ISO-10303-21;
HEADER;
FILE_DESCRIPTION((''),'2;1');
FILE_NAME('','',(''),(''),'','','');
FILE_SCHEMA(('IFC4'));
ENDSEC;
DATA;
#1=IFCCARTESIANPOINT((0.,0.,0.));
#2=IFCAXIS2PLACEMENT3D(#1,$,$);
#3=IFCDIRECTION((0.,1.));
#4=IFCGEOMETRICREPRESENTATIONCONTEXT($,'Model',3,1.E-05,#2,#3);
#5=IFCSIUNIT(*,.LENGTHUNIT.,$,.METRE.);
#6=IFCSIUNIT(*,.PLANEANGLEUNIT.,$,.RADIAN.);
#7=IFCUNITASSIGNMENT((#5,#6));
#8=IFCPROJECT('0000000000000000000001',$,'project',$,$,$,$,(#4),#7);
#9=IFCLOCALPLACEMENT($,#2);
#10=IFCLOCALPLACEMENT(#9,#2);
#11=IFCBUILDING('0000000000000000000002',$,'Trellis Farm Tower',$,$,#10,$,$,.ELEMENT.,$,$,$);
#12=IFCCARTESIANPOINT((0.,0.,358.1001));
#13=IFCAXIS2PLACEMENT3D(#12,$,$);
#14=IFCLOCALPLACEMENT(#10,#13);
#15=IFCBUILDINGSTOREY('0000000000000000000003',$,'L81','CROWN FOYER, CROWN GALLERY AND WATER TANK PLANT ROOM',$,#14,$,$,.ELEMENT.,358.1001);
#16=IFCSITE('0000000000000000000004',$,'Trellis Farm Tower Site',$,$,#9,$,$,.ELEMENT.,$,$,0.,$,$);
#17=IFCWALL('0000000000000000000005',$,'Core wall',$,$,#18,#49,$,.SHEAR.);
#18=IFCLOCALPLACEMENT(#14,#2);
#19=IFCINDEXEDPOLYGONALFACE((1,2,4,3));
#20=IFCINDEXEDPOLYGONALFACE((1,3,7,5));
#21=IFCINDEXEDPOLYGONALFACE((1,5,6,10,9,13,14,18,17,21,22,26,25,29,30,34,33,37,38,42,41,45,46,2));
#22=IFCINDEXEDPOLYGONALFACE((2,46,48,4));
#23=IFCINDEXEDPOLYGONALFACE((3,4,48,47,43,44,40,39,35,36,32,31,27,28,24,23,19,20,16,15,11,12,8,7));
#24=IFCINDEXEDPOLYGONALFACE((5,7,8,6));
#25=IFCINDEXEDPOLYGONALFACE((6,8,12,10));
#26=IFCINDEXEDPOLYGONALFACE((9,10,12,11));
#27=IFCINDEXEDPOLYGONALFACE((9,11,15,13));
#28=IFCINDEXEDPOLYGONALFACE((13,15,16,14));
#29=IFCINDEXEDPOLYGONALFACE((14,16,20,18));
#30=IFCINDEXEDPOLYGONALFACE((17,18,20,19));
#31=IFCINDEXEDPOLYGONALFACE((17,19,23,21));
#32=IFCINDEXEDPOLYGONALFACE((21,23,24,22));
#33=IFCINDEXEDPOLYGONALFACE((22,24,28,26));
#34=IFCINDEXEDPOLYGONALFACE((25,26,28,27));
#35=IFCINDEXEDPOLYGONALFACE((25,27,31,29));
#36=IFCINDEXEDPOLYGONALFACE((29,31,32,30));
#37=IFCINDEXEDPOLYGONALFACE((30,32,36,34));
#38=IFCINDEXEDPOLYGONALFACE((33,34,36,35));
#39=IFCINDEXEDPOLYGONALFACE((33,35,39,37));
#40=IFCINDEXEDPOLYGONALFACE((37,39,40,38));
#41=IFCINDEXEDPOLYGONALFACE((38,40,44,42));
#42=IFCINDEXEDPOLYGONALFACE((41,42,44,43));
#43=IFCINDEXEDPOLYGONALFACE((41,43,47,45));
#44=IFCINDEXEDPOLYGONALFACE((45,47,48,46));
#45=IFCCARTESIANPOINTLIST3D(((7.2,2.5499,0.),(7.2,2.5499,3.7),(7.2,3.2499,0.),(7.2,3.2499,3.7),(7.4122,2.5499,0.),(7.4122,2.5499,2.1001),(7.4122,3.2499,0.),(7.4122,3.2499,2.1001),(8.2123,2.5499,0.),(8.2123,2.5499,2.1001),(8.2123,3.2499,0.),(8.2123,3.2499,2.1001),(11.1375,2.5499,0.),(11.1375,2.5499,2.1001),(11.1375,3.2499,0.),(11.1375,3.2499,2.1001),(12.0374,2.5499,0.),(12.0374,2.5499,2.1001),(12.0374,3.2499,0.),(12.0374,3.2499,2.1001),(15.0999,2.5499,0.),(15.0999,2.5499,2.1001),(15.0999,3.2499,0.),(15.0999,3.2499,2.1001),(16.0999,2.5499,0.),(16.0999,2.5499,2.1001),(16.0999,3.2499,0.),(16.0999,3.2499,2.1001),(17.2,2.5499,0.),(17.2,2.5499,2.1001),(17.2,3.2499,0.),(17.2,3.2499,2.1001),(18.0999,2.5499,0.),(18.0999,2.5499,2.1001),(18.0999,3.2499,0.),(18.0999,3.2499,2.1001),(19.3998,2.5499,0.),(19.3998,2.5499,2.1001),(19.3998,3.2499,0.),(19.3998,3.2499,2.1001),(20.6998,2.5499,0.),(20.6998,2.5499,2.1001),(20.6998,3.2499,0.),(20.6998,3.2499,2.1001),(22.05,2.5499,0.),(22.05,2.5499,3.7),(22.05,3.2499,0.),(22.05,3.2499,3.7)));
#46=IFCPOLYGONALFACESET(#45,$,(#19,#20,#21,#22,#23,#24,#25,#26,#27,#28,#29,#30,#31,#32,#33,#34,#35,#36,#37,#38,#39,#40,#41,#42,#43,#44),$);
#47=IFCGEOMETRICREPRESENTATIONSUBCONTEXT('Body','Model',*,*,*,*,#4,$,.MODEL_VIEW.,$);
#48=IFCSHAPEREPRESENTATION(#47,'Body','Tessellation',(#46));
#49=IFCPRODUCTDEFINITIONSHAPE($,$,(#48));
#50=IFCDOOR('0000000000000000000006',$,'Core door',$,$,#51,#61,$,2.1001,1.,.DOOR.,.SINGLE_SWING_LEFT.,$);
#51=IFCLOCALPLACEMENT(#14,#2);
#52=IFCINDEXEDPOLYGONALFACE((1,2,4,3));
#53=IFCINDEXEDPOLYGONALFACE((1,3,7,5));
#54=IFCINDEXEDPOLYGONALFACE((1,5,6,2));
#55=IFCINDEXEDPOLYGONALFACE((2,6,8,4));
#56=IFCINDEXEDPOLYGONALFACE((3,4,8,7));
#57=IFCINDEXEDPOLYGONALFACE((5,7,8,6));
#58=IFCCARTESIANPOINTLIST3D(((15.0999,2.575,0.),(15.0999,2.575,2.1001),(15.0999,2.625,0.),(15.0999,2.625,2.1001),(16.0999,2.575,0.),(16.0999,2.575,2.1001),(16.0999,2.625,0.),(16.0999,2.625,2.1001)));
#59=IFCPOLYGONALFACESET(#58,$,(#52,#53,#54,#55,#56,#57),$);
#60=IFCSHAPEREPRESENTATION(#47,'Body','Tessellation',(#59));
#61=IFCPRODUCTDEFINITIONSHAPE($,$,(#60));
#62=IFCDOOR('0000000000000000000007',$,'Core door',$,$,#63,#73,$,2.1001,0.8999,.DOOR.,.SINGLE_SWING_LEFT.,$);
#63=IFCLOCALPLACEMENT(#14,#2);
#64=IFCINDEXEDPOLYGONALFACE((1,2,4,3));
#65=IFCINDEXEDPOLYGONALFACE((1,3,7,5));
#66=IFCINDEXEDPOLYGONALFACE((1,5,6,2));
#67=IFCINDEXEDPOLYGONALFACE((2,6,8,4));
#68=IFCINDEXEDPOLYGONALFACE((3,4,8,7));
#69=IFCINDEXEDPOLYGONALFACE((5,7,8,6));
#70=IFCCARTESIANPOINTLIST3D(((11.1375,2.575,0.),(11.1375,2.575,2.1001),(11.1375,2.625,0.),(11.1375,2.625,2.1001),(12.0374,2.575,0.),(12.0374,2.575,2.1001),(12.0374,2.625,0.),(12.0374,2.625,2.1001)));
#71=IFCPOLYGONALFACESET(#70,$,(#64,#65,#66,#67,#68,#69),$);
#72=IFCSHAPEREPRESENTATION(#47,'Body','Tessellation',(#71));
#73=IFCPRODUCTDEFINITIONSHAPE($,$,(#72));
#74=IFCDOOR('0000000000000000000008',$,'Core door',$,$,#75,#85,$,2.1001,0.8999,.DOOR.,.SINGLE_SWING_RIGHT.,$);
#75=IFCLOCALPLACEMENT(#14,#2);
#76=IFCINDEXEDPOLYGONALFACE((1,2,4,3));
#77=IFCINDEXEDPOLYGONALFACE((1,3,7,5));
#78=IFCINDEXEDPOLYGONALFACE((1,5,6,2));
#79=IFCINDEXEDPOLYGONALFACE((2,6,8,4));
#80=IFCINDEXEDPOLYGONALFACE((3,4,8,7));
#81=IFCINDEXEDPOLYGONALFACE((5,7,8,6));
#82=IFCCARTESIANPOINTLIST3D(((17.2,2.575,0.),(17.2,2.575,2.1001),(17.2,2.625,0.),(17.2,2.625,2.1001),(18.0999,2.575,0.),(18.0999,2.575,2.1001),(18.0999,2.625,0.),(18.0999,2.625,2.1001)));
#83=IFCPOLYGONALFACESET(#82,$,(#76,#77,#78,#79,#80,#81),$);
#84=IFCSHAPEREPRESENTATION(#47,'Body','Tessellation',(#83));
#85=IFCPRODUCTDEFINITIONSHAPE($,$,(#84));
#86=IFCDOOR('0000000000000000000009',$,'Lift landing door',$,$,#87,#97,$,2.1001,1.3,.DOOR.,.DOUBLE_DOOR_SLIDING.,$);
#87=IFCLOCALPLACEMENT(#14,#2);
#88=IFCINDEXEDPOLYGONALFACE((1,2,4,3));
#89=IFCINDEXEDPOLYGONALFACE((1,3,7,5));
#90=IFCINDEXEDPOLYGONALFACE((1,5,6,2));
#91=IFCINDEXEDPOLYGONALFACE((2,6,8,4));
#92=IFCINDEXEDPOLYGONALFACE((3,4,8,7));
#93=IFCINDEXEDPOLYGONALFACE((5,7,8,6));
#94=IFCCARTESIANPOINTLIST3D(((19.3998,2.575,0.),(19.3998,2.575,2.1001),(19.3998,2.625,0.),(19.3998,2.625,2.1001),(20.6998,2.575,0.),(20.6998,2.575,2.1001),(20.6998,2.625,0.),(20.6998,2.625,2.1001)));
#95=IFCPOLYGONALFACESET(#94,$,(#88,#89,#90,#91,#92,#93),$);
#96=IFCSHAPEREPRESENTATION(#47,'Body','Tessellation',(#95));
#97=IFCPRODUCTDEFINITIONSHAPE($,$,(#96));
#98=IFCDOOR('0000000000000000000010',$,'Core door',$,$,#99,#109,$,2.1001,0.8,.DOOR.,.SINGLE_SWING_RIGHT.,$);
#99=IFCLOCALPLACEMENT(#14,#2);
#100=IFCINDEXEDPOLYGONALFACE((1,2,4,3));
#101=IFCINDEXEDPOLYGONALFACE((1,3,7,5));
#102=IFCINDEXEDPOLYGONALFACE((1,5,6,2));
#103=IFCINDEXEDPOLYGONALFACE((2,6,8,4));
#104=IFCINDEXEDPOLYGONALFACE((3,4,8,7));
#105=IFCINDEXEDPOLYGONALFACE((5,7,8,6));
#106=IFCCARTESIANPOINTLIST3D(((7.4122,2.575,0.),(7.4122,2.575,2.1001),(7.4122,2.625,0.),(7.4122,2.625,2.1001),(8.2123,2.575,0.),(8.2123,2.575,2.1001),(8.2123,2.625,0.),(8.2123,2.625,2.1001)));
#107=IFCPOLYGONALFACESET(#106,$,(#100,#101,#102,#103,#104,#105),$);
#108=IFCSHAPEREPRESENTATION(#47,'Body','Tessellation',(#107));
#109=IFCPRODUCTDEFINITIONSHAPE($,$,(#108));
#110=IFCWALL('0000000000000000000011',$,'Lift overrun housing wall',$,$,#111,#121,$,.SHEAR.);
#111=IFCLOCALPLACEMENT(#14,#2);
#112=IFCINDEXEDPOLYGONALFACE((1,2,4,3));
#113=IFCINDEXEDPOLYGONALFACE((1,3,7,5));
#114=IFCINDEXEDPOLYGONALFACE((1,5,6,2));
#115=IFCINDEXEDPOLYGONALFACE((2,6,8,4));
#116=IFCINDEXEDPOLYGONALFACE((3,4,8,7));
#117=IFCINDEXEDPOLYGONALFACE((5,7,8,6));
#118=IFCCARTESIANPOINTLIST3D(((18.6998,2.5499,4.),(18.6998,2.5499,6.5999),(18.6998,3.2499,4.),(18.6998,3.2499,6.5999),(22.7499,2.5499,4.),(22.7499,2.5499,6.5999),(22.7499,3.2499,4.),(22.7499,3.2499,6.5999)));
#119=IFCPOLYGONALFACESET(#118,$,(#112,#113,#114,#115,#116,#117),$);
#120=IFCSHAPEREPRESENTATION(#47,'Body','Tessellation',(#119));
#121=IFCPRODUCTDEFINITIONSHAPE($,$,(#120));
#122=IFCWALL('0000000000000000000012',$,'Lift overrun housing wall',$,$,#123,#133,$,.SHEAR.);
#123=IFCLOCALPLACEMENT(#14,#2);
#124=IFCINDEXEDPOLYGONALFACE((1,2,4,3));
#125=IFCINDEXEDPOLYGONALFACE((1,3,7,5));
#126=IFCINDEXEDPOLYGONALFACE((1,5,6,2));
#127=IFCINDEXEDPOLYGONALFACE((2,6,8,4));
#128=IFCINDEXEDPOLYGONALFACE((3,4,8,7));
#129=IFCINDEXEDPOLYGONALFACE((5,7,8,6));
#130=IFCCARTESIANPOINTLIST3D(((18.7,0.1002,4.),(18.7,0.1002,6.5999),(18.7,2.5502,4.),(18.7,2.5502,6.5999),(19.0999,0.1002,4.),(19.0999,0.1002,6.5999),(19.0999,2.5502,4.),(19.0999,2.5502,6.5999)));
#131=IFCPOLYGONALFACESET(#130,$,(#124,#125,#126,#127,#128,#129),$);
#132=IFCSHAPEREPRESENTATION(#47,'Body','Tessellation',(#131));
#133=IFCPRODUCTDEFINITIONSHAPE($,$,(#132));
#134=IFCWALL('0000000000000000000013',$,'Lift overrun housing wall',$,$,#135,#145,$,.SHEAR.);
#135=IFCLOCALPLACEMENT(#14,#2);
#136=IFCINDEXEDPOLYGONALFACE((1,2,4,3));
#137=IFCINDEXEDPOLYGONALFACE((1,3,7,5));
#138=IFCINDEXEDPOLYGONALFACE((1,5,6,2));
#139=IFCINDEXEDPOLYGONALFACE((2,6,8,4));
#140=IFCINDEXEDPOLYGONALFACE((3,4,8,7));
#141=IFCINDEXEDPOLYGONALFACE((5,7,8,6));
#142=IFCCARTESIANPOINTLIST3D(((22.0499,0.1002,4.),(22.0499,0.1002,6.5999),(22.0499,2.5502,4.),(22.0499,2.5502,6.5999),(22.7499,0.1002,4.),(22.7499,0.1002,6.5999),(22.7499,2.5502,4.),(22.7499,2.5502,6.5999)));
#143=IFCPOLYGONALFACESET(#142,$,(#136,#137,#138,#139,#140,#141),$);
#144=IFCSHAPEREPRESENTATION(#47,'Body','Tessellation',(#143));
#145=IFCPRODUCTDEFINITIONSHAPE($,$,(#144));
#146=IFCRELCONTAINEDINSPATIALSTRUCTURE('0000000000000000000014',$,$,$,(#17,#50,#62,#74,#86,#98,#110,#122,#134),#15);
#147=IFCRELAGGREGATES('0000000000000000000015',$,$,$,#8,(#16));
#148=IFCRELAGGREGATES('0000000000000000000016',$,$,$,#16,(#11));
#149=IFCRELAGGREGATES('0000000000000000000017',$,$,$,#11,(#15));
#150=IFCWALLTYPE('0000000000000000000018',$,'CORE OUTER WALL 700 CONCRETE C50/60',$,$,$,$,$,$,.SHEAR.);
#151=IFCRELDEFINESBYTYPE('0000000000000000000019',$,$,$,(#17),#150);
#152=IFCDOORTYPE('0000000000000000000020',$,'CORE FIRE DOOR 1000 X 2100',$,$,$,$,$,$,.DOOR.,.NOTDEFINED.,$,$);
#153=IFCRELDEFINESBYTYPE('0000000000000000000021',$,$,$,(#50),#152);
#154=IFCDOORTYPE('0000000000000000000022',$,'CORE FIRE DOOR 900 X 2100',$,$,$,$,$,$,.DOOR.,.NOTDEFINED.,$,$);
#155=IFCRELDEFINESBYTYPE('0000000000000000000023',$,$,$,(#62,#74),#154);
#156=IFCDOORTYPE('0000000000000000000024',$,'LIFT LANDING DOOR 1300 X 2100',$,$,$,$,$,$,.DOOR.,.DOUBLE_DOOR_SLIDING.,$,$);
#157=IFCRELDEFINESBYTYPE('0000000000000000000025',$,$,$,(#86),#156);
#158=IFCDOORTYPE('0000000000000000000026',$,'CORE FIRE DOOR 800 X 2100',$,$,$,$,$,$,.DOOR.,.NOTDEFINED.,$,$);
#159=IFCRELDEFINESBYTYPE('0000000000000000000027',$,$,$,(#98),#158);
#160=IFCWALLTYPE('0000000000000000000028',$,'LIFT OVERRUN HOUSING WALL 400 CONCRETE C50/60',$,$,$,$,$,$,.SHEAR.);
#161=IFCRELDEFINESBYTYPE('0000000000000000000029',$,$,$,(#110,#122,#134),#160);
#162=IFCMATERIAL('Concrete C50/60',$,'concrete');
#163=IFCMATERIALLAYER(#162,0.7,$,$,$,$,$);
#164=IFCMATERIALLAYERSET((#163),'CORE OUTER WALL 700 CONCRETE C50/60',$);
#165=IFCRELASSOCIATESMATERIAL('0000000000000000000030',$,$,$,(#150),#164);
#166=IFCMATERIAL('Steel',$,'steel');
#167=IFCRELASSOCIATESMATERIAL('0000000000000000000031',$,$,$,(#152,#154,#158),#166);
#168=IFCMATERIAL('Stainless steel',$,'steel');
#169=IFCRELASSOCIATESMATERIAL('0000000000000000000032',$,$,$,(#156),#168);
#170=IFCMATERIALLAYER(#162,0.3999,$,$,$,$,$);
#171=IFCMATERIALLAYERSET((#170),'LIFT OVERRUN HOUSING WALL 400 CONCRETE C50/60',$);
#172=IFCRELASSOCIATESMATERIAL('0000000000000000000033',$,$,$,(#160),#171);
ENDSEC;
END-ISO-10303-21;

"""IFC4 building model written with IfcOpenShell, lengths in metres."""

from ifc_helpers import new_model, si_unit, direction, frame, frame_2d, origin, place, context, subcontext, project, spatial, rectangle, extrude, source, transform, mapped, material, layer, layer_set, type_object, element, fill, save


model = new_model("IFC4")

# Units and contexts
model_context = context("Model", 3, precision=1e-05, world=origin(), true_north=direction((0.0, 1.0)))
body_context = subcontext(model_context, "Body", "Model", "MODEL_VIEW")
ifc_project = project(units=[si_unit("LENGTHUNIT", "METRE"), si_unit("PLANEANGLEUNIT", "RADIAN")], contexts=[model_context])

# Site, building, storey
site_placement = place(None, origin())
site = spatial("IfcSite", under=ifc_project, at=site_placement, Name="Trellis Farm Tower Site", CompositionType="ELEMENT", RefElevation=0.0)
building_placement = place(site_placement, origin())
building = spatial("IfcBuilding", under=site, at=building_placement, Name="Trellis Farm Tower", CompositionType="ELEMENT")
storey_placement = place(building_placement, frame((0.0, 0.0, 358.1001)))
storey = spatial("IfcBuildingStorey", under=building, at=storey_placement, Name="L81", Description="CROWN FOYER, CROWN GALLERY AND WATER TANK PLANT ROOM", CompositionType="ELEMENT", Elevation=358.1001)

# Shared definitions
ifc_material_1 = material(Name="Concrete C50/60", Category="concrete")

# Shared definitions
ifc_material_2 = material(Name="Steel", Category="steel")

# Wall, openings, doors
ifc_layer_1 = layer(ifc_material_1, 0.7)
ifc_layer_set_1 = layer_set([ifc_layer_1], Name="CORE OUTER WALL 700 CONCRETE C50/60")
wall_type_1 = type_object("IfcWallType", Name="CORE OUTER WALL 700 CONCRETE C50/60", PredefinedType="SHEAR", material=ifc_layer_set_1)
shared_shape_1 = source(origin(), body_context, "Body", "SweptSolid", [
    extrude(rectangle(XDim=14.8501, YDim=0.7, at=frame_2d((7.425, 0.0))), origin(), (0.0, 0.0, 1.0), 3.7),
])
wall_1_placement = place(storey_placement, frame((7.2, 2.8999, 0.0), z_axis=(0.0, 0.0, 1.0), x_axis=(1.0, 0.0, 0.0)))
wall_1 = element("IfcWall", 1, at=wall_1_placement, inside=storey, type_object=wall_type_1, Name="Core wall", PredefinedType="SHEAR", context=body_context, shape_type="MappedRepresentation", body=[
    mapped(shared_shape_1, transform((0.0, 0.0, 0.0))),
])
shared_shape_2 = source(origin(), body_context, "Body", "SweptSolid", [
    extrude(rectangle(XDim=1.3, YDim=2.1001, at=frame_2d((0.6499, 1.05))), frame((0.0, 0.3601, 0.0), z_axis=(0.0, -1.0, 0.0), x_axis=(1.0, 0.0, 0.0)), (0.0, 0.0, 1.0), 0.7202),
])
opening_1_placement = place(wall_1_placement, frame((12.2, 0.0, 0.0)))
opening_1 = element("IfcOpeningElement", 2, at=opening_1_placement, cuts=wall_1, PredefinedType="OPENING", context=body_context, shape_type="MappedRepresentation", body=[
    mapped(shared_shape_2, transform((0.0, 0.0, 0.0))),
])
shared_shape_3 = source(origin(), body_context, "Body", "SweptSolid", [
    extrude(rectangle(XDim=1.0, YDim=2.1001, at=frame_2d((0.5, 1.05))), frame((0.0, 0.3601, 0.0), z_axis=(0.0, -1.0, 0.0), x_axis=(1.0, 0.0, 0.0)), (0.0, 0.0, 1.0), 0.7202),
])
opening_2_placement = place(wall_1_placement, frame((7.8999, 0.0, 0.0)))
opening_2 = element("IfcOpeningElement", 3, at=opening_2_placement, cuts=wall_1, PredefinedType="OPENING", context=body_context, shape_type="MappedRepresentation", body=[
    mapped(shared_shape_3, transform((0.0, 0.0, 0.0))),
])
shared_shape_4 = source(origin(), body_context, "Body", "SweptSolid", [
    extrude(rectangle(XDim=0.8, YDim=2.1001, at=frame_2d((0.3999, 1.05))), frame((0.0, 0.3601, 0.0), z_axis=(0.0, -1.0, 0.0), x_axis=(1.0, 0.0, 0.0)), (0.0, 0.0, 1.0), 0.7202),
])
opening_3_placement = place(wall_1_placement, frame((0.2124, 0.0, 0.0)))
opening_3 = element("IfcOpeningElement", 4, at=opening_3_placement, cuts=wall_1, PredefinedType="OPENING", context=body_context, shape_type="MappedRepresentation", body=[
    mapped(shared_shape_4, transform((0.0, 0.0, 0.0))),
])
shared_shape_5 = source(origin(), body_context, "Body", "SweptSolid", [
    extrude(rectangle(XDim=0.8999, YDim=2.1001, at=frame_2d((0.45, 1.05))), frame((0.0, 0.3601, 0.0), z_axis=(0.0, -1.0, 0.0), x_axis=(1.0, 0.0, 0.0)), (0.0, 0.0, 1.0), 0.7202),
])
opening_4_placement = place(wall_1_placement, frame((3.9375, 0.0, 0.0)))
opening_4 = element("IfcOpeningElement", 5, at=opening_4_placement, cuts=wall_1, PredefinedType="OPENING", context=body_context, shape_type="MappedRepresentation", body=[
    mapped(shared_shape_5, transform((0.0, 0.0, 0.0))),
])
opening_5_placement = place(wall_1_placement, frame((10.0, 0.0, 0.0)))
opening_5 = element("IfcOpeningElement", 6, at=opening_5_placement, cuts=wall_1, PredefinedType="OPENING", context=body_context, shape_type="MappedRepresentation", body=[
    mapped(shared_shape_5, transform((0.0, 0.0, 0.0))),
])
door_type_1 = type_object("IfcDoorType", Name="CORE FIRE DOOR 1000 X 2100", OperationType="NOTDEFINED", PredefinedType="DOOR", material=ifc_material_2)
shared_shape_6 = source(origin(), body_context, "Body", "SweptSolid", [
    extrude(rectangle(XDim=1.0, YDim=2.1001, at=frame_2d((0.5, 1.05))), frame((0.0, -0.2749, 0.0), z_axis=(0.0, -1.0, 0.0), x_axis=(1.0, 0.0, 0.0)), (0.0, 0.0, 1.0), 0.05),
])
door_1_placement = place(opening_2_placement, origin())
door_1 = element("IfcDoor", 7, at=door_1_placement, inside=storey, type_object=door_type_1, Name="Core door", OperationType="SINGLE_SWING_LEFT", OverallHeight=2.1001, OverallWidth=1.0, PredefinedType="DOOR", context=body_context, shape_type="MappedRepresentation", body=[
    mapped(shared_shape_6, transform((0.0, 0.0, 0.0))),
])
fill(opening_2, door_1)
door_type_2 = type_object("IfcDoorType", Name="CORE FIRE DOOR 900 X 2100", OperationType="NOTDEFINED", PredefinedType="DOOR", material=ifc_material_2)
shared_shape_7 = source(origin(), body_context, "Body", "SweptSolid", [
    extrude(rectangle(XDim=0.8999, YDim=2.1001, at=frame_2d((0.45, 1.05))), frame((0.0, -0.2749, 0.0), z_axis=(0.0, -1.0, 0.0), x_axis=(1.0, 0.0, 0.0)), (0.0, 0.0, 1.0), 0.05),
])
door_2_placement = place(opening_4_placement, origin())
door_2 = element("IfcDoor", 8, at=door_2_placement, inside=storey, type_object=door_type_2, Name="Core door", OperationType="SINGLE_SWING_LEFT", OverallHeight=2.1001, OverallWidth=0.8999, PredefinedType="DOOR", context=body_context, shape_type="MappedRepresentation", body=[
    mapped(shared_shape_7, transform((0.0, 0.0, 0.0))),
])
fill(opening_4, door_2)
door_3_placement = place(opening_5_placement, origin())
door_3 = element("IfcDoor", 9, at=door_3_placement, inside=storey, type_object=door_type_2, Name="Core door", OperationType="SINGLE_SWING_RIGHT", OverallHeight=2.1001, OverallWidth=0.8999, PredefinedType="DOOR", context=body_context, shape_type="MappedRepresentation", body=[
    mapped(shared_shape_7, transform((0.0, 0.0, 0.0))),
])
fill(opening_5, door_3)
ifc_material_3 = material(Name="Stainless steel", Category="steel")
door_type_3 = type_object("IfcDoorType", Name="LIFT LANDING DOOR 1300 X 2100", OperationType="DOUBLE_DOOR_SLIDING", PredefinedType="DOOR", material=ifc_material_3)
shared_shape_8 = source(origin(), body_context, "Body", "SweptSolid", [
    extrude(rectangle(XDim=1.3, YDim=2.1001, at=frame_2d((0.6499, 1.05))), frame((0.0, -0.2749, 0.0), z_axis=(0.0, -1.0, 0.0), x_axis=(1.0, 0.0, 0.0)), (0.0, 0.0, 1.0), 0.05),
])
door_4_placement = place(opening_1_placement, origin())
door_4 = element("IfcDoor", 10, at=door_4_placement, inside=storey, type_object=door_type_3, Name="Lift landing door", OperationType="DOUBLE_DOOR_SLIDING", OverallHeight=2.1001, OverallWidth=1.3, PredefinedType="DOOR", context=body_context, shape_type="MappedRepresentation", body=[
    mapped(shared_shape_8, transform((0.0, 0.0, 0.0))),
])
fill(opening_1, door_4)
door_type_4 = type_object("IfcDoorType", Name="CORE FIRE DOOR 800 X 2100", OperationType="NOTDEFINED", PredefinedType="DOOR", material=ifc_material_2)
shared_shape_9 = source(origin(), body_context, "Body", "SweptSolid", [
    extrude(rectangle(XDim=0.8, YDim=2.1001, at=frame_2d((0.3999, 1.05))), frame((0.0, -0.2749, 0.0), z_axis=(0.0, -1.0, 0.0), x_axis=(1.0, 0.0, 0.0)), (0.0, 0.0, 1.0), 0.05),
])
door_5_placement = place(opening_3_placement, origin())
door_5 = element("IfcDoor", 11, at=door_5_placement, inside=storey, type_object=door_type_4, Name="Core door", OperationType="SINGLE_SWING_RIGHT", OverallHeight=2.1001, OverallWidth=0.8, PredefinedType="DOOR", context=body_context, shape_type="MappedRepresentation", body=[
    mapped(shared_shape_9, transform((0.0, 0.0, 0.0))),
])
fill(opening_3, door_5)

# Walls
ifc_layer_2 = layer(ifc_material_1, 0.3999)
ifc_layer_set_2 = layer_set([ifc_layer_2], Name="LIFT OVERRUN HOUSING WALL 400 CONCRETE C50/60")
wall_type_2 = type_object("IfcWallType", Name="LIFT OVERRUN HOUSING WALL 400 CONCRETE C50/60", PredefinedType="SHEAR", material=ifc_layer_set_2)
shared_shape_10 = source(origin(), body_context, "Body", "SweptSolid", [
    extrude(rectangle(XDim=4.05, YDim=0.7, at=frame_2d((2.0249, 0.0))), origin(), (0.0, 0.0, 1.0), 2.5999),
])
wall_2_placement = place(storey_placement, frame((18.7, 2.8999, 4.0), z_axis=(0.0, 0.0, 1.0), x_axis=(1.0, 0.0, 0.0)))
element("IfcWall", 12, at=wall_2_placement, inside=storey, type_object=wall_type_2, Name="Lift overrun housing wall", PredefinedType="SHEAR", context=body_context, shape_type="MappedRepresentation", body=[
    mapped(shared_shape_10, transform((0.0, 0.0, 0.0))),
])
shared_shape_11 = source(origin(), body_context, "Body", "SweptSolid", [
    extrude(rectangle(XDim=2.45, YDim=0.3999, at=frame_2d((1.2251, 0.0))), origin(), (0.0, 0.0, 1.0), 2.5999),
])
wall_3_placement = place(storey_placement, frame((18.8999, 0.1001, 4.0), z_axis=(0.0, 0.0, 1.0), x_axis=(0.0, 1.0, 0.0)))
element("IfcWall", 13, at=wall_3_placement, inside=storey, type_object=wall_type_2, Name="Lift overrun housing wall", PredefinedType="SHEAR", context=body_context, shape_type="MappedRepresentation", body=[
    mapped(shared_shape_11, transform((0.0, 0.0, 0.0))),
])
shared_shape_12 = source(origin(), body_context, "Body", "SweptSolid", [
    extrude(rectangle(XDim=2.45, YDim=0.7, at=frame_2d((1.2251, 0.0))), origin(), (0.0, 0.0, 1.0), 2.5999),
])
wall_4_placement = place(storey_placement, frame((22.3999, 0.1001, 4.0), z_axis=(0.0, 0.0, 1.0), x_axis=(0.0, 1.0, 0.0)))
element("IfcWall", 14, at=wall_4_placement, inside=storey, type_object=wall_type_2, Name="Lift overrun housing wall", PredefinedType="SHEAR", context=body_context, shape_type="MappedRepresentation", body=[
    mapped(shared_shape_12, transform((0.0, 0.0, 0.0))),
])

save(model, "model.ifc")
